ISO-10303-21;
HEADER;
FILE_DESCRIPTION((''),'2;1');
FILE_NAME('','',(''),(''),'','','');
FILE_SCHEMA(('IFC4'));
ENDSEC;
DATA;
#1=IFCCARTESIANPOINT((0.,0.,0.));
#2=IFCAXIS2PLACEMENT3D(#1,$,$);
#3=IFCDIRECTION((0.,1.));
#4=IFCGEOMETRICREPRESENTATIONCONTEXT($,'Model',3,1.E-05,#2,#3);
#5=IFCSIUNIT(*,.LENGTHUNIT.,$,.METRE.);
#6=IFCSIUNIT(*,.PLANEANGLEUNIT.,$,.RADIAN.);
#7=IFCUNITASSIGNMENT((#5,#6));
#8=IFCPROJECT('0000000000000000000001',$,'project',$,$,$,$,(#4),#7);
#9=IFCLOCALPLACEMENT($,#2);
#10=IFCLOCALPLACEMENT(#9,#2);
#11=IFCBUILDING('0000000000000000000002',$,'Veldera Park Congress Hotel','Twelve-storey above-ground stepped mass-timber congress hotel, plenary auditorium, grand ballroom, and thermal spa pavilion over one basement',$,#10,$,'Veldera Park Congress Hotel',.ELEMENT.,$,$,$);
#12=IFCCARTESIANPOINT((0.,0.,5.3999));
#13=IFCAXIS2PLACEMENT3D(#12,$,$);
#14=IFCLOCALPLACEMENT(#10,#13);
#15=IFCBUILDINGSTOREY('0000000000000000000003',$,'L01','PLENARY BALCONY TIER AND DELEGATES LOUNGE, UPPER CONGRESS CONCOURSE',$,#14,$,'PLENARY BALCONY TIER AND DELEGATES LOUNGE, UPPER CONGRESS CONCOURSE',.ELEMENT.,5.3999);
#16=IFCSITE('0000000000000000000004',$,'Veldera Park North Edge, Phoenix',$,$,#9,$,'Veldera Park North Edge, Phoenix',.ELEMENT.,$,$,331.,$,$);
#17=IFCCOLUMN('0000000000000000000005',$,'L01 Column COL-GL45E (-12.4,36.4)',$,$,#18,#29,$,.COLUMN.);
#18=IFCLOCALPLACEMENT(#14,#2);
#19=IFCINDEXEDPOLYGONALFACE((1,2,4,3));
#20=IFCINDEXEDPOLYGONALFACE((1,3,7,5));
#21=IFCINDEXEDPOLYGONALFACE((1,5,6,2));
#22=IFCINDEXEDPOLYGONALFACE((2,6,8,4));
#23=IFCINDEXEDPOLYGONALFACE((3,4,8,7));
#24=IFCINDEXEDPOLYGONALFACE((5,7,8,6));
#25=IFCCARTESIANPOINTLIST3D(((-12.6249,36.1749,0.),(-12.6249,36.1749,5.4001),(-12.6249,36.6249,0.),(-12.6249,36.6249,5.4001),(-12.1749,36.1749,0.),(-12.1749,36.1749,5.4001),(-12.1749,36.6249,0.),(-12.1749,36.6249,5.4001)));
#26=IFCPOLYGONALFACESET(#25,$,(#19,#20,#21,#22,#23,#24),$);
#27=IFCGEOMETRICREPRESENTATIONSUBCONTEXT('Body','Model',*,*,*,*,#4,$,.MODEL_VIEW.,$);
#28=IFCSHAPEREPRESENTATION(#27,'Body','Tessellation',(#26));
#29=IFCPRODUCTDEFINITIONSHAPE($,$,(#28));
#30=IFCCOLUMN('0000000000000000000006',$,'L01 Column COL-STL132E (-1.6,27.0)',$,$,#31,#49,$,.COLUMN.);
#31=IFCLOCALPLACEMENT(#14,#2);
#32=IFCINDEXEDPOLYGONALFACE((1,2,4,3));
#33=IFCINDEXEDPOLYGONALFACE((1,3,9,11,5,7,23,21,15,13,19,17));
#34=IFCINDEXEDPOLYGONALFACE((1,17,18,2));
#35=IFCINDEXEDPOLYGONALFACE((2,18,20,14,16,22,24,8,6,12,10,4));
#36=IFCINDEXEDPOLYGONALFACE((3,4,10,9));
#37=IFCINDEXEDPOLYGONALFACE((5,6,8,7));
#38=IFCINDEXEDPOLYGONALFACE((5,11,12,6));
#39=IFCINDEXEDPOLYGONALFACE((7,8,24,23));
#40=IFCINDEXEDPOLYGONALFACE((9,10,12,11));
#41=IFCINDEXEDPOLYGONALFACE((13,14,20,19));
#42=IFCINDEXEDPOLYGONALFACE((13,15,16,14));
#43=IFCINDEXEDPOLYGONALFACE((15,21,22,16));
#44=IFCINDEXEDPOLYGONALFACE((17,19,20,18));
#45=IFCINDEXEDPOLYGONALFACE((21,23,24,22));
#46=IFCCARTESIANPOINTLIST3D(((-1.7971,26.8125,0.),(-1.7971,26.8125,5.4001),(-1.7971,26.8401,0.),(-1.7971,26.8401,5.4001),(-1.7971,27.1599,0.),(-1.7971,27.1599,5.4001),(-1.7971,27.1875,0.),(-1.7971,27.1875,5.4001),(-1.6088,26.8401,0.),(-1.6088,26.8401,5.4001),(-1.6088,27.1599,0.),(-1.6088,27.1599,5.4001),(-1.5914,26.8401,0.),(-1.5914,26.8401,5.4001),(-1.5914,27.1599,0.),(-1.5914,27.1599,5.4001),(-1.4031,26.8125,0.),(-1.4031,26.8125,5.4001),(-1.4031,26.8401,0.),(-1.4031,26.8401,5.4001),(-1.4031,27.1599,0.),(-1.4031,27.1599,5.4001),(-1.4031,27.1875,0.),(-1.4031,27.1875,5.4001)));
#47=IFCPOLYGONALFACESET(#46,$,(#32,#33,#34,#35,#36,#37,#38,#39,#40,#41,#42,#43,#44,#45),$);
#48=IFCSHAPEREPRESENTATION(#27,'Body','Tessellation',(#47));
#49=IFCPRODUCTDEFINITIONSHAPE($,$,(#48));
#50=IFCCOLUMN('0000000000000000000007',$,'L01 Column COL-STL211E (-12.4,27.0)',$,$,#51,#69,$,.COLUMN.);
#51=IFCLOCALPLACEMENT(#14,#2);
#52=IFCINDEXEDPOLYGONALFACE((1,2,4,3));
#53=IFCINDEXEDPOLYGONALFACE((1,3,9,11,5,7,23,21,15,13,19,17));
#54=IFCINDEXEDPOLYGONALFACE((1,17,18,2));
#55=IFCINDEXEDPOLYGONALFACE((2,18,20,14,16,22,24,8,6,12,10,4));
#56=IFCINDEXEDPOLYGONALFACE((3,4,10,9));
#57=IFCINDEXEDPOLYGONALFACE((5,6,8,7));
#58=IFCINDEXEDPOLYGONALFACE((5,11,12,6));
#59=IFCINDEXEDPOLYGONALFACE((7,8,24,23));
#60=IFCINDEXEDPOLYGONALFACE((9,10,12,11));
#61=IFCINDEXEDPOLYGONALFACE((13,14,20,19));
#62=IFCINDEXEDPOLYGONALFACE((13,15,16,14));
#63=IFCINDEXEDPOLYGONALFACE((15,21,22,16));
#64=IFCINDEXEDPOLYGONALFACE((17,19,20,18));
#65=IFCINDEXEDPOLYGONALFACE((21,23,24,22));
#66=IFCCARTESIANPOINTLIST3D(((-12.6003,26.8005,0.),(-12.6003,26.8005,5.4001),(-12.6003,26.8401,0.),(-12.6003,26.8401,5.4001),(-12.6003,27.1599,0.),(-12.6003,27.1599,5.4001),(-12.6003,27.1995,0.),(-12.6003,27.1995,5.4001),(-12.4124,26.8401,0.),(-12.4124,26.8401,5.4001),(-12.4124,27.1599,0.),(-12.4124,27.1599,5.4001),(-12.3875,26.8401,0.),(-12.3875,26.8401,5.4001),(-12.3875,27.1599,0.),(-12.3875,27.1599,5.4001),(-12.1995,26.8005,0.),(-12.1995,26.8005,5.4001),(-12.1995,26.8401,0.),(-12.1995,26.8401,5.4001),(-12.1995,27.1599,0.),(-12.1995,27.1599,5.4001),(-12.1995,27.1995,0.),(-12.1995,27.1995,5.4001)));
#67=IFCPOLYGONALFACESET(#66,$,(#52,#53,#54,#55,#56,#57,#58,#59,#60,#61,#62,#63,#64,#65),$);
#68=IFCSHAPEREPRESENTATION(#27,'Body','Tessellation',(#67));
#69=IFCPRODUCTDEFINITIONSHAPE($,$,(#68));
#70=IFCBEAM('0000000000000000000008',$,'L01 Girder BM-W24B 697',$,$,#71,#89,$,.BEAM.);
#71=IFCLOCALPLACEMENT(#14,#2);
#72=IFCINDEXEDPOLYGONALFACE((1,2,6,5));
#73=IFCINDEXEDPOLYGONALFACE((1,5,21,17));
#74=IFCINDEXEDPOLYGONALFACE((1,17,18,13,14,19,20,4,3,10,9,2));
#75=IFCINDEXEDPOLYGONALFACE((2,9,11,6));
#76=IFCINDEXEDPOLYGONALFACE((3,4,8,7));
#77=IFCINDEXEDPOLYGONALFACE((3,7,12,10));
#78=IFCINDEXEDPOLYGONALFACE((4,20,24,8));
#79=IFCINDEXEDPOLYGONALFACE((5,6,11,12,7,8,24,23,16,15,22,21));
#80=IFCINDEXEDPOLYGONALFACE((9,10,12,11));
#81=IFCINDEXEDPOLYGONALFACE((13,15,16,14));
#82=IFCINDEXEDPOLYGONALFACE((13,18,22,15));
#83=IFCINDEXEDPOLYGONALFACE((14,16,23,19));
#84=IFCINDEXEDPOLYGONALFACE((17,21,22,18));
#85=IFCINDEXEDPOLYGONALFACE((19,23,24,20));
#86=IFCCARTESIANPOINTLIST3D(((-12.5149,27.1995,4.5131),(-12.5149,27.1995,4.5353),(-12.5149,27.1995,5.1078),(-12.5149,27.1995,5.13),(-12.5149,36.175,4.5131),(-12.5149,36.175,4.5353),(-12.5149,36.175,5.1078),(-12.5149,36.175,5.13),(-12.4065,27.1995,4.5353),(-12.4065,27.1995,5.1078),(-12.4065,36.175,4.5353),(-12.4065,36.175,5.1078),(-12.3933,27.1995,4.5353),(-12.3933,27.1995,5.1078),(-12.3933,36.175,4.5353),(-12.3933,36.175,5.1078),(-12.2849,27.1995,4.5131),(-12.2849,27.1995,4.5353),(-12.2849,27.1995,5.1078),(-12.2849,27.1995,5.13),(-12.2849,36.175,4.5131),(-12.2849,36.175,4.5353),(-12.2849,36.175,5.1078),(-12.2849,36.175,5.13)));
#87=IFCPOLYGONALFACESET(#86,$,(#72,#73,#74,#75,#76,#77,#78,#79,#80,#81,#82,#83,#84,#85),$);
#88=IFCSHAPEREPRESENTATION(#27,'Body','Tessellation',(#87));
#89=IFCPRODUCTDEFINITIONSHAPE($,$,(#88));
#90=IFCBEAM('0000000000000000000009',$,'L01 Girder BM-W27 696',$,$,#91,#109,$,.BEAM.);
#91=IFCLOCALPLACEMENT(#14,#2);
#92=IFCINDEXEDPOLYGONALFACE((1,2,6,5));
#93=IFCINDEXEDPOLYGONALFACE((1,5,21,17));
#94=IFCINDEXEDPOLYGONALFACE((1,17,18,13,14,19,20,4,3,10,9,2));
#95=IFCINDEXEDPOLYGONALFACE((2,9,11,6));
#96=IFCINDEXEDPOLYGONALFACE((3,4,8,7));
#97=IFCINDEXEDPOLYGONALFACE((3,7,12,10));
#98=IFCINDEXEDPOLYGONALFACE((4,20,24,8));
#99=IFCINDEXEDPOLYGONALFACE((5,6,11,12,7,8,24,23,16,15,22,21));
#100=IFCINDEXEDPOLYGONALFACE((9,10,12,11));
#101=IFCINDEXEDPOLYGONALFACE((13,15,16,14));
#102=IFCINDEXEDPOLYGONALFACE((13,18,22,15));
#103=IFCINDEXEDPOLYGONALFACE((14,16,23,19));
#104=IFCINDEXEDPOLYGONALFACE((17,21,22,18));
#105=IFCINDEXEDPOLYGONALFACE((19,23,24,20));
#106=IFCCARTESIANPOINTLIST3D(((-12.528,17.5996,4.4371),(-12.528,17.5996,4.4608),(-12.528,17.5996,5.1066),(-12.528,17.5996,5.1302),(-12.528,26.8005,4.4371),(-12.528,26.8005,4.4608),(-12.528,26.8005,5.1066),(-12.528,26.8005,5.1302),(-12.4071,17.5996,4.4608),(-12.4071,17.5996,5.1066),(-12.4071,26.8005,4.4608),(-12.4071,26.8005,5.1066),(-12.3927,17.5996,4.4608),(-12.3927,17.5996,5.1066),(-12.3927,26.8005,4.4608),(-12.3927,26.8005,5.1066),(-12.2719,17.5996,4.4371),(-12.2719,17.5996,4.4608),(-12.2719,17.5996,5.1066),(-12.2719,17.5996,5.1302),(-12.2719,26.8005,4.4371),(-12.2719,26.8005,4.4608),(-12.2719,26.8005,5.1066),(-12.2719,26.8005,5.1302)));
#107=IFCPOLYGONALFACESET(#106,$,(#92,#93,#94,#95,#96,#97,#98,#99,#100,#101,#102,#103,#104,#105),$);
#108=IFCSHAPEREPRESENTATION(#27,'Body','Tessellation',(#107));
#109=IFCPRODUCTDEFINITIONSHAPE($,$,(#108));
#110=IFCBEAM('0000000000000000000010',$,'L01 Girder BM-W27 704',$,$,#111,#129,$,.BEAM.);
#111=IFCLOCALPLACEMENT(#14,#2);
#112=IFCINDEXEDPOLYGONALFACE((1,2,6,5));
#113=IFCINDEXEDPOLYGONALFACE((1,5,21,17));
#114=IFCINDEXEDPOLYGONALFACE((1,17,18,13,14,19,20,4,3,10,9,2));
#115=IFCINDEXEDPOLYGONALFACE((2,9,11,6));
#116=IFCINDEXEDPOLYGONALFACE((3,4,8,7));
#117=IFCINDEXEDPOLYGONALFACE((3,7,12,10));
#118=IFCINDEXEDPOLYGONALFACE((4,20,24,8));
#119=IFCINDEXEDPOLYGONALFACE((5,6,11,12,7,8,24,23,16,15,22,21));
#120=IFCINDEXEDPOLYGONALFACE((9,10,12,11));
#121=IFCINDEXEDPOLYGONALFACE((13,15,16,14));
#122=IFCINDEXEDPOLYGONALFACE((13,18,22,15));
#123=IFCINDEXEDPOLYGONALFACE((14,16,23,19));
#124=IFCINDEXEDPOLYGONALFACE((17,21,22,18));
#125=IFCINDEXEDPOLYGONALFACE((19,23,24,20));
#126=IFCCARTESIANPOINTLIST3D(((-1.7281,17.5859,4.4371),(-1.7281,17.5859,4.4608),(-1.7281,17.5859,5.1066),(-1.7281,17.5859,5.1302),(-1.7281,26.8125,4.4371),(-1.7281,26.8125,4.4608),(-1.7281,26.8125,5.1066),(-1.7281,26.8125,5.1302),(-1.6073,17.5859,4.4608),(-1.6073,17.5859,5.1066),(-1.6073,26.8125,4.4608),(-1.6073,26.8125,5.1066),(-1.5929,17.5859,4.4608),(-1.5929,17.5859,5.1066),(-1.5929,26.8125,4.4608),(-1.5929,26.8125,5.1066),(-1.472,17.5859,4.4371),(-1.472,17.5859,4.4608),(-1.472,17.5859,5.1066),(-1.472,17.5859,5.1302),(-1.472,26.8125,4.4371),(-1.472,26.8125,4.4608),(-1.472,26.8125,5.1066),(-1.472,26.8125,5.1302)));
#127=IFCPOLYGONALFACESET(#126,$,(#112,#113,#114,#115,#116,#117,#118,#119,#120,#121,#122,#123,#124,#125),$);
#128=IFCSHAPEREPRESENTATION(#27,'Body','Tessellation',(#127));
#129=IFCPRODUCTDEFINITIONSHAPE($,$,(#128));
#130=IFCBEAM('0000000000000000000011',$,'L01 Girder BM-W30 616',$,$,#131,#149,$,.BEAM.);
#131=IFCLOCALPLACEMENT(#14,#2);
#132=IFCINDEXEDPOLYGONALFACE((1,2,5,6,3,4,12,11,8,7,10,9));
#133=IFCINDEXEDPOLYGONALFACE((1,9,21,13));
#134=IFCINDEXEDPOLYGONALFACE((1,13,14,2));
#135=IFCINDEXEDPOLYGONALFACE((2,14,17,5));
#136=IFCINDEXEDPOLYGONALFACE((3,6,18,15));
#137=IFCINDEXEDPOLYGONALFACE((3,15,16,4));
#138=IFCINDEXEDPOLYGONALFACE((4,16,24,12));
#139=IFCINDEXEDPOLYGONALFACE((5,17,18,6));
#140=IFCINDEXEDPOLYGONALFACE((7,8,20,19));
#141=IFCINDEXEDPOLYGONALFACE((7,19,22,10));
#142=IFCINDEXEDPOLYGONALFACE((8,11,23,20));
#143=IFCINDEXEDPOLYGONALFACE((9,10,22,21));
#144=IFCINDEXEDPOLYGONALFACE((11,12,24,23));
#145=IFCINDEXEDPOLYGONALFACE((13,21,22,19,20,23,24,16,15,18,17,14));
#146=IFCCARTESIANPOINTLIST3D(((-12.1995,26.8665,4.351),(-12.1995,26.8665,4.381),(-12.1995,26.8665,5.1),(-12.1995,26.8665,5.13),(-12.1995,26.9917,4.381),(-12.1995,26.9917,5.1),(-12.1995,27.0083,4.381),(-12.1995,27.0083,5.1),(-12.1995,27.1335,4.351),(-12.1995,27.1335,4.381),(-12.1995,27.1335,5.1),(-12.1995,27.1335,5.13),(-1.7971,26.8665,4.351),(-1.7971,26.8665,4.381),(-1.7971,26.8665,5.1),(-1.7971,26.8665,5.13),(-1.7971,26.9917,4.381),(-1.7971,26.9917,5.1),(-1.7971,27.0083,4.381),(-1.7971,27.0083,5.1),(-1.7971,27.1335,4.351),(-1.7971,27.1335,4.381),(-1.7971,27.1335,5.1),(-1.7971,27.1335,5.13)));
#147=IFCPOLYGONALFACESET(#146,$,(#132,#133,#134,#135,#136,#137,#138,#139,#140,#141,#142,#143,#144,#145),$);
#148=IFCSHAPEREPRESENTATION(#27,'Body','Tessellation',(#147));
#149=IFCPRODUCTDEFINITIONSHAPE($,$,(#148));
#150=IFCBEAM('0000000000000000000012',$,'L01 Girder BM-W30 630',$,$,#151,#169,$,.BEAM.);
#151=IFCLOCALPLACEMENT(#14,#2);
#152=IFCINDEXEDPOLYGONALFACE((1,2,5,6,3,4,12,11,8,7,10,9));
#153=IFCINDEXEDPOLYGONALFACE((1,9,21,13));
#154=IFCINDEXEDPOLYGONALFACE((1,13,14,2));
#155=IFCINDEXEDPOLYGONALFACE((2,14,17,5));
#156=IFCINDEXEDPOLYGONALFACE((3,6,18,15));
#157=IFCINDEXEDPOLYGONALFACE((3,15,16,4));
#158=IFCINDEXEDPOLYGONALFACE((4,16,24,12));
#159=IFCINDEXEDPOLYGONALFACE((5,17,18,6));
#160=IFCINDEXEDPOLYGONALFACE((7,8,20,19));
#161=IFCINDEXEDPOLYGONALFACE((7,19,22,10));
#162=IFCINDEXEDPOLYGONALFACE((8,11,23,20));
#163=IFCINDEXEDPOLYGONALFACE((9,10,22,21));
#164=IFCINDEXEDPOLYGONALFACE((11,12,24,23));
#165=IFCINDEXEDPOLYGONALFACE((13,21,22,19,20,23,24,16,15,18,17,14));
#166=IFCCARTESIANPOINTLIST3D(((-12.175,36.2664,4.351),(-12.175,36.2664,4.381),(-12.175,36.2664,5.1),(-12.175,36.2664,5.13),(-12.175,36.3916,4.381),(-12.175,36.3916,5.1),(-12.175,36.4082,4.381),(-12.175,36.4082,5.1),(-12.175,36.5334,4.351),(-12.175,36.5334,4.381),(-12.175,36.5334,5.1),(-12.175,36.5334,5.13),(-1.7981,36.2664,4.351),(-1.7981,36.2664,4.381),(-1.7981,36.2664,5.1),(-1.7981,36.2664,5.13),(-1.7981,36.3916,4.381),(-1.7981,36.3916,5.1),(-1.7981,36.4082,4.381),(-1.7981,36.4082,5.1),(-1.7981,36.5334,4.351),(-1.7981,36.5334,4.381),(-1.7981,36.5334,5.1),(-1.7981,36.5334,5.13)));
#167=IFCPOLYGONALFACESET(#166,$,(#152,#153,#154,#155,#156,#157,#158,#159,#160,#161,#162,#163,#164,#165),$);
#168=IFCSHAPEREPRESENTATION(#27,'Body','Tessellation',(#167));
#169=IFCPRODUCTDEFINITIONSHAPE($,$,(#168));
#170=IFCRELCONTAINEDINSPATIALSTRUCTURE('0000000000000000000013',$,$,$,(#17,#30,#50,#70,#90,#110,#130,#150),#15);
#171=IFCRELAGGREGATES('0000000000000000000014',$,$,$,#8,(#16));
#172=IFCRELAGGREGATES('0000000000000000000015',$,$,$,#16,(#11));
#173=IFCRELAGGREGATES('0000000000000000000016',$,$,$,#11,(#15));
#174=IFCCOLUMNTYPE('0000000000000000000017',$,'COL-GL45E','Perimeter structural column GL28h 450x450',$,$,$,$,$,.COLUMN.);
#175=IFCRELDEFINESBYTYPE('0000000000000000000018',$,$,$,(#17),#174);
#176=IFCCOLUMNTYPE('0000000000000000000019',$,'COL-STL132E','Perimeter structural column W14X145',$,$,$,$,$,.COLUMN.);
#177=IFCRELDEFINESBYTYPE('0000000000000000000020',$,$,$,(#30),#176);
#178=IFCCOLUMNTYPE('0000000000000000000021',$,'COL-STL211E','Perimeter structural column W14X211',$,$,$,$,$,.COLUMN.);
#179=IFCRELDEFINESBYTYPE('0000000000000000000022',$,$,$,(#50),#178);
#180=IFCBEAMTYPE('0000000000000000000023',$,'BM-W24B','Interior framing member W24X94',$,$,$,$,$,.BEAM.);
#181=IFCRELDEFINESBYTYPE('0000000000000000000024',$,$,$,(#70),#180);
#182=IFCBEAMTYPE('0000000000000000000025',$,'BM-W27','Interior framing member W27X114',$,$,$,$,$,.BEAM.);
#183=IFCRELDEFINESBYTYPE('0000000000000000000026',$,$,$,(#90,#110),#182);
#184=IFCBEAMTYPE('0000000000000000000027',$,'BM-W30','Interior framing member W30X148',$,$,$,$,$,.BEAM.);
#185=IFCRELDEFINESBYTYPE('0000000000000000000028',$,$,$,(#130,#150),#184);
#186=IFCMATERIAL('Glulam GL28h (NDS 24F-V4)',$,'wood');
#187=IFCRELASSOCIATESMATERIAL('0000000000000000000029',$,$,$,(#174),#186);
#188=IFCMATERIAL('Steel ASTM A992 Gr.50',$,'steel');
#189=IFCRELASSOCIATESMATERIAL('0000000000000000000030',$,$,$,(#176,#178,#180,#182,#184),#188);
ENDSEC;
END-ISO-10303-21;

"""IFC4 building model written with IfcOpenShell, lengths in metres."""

from ifc_helpers import new_model, si_unit, direction, frame, origin, origin_2d, place, context, subcontext, project, spatial, rectangle, i_section, extrude, material, material_profile, profile_set, type_object, element, save


model = new_model("IFC4")

# Units and contexts
model_context = context("Model", 3, precision=1e-05, world=origin(), true_north=direction((0.0, 1.0)))
body_context = subcontext(model_context, "Body", "Model", "MODEL_VIEW")
ifc_project = project(units=[si_unit("LENGTHUNIT", "METRE"), si_unit("PLANEANGLEUNIT", "RADIAN")], contexts=[model_context])

# Site, building, storey
site_placement = place(None, origin())
site = spatial("IfcSite", under=ifc_project, at=site_placement, Name="Veldera Park North Edge, Phoenix", LongName="Veldera Park North Edge, Phoenix", CompositionType="ELEMENT", RefElevation=331.0)
building_placement = place(site_placement, origin())
building = spatial("IfcBuilding", under=site, at=building_placement, Name="Veldera Park Congress Hotel", Description="Twelve-storey above-ground stepped mass-timber congress hotel, plenary auditorium, grand ballroom, and thermal spa pavilion over one basement", LongName="Veldera Park Congress Hotel", CompositionType="ELEMENT")
storey_placement = place(building_placement, frame((0.0, 0.0, 5.3999)))
storey = spatial("IfcBuildingStorey", under=building, at=storey_placement, Name="L01", Description="PLENARY BALCONY TIER AND DELEGATES LOUNGE, UPPER CONGRESS CONCOURSE", LongName="PLENARY BALCONY TIER AND DELEGATES LOUNGE, UPPER CONGRESS CONCOURSE", CompositionType="ELEMENT", Elevation=5.3999)

# Columns
ifc_material_1 = material(Name="Glulam GL28h (NDS 24F-V4)", Category="wood")
ifc_material_profile_1 = material_profile(ifc_material_1, rectangle(XDim=0.45, YDim=0.45, at=origin_2d()), Name="GL28h 450x450")
ifc_profile_set_1 = profile_set([ifc_material_profile_1], Name="Glulam GL28h (NDS 24F-V4)")
column_type_1 = type_object("IfcColumnType", Name="COL-GL45E", Description="Perimeter structural column GL28h 450x450", PredefinedType="COLUMN", material=ifc_profile_set_1)
column_1_placement = place(storey_placement, frame((-12.3999, 36.3999, 0.0), z_axis=(0.0, 0.0, 1.0), x_axis=(1.0, 0.0, 0.0)))
element("IfcColumn", 1, at=column_1_placement, inside=storey, type_object=column_type_1, Name="L01 Column COL-GL45E (-12.4,36.4)", PredefinedType="COLUMN", context=body_context, shape_type="SweptSolid", body=[
    extrude(rectangle(XDim=0.45, YDim=0.45, at=origin_2d()), origin(), (0.0, 0.0, 1.0), 5.4001),
])
ifc_material_2 = material(Name="Steel ASTM A992 Gr.50", Category="steel")
ifc_material_profile_2 = material_profile(ifc_material_2, i_section(OverallWidth=0.394, OverallDepth=0.375, WebThickness=0.0173, FlangeThickness=0.0276, at=origin_2d()), Name="W14X145")
ifc_profile_set_2 = profile_set([ifc_material_profile_2], Name="Steel ASTM A992 Gr.50")
column_type_2 = type_object("IfcColumnType", Name="COL-STL132E", Description="Perimeter structural column W14X145", PredefinedType="COLUMN", material=ifc_profile_set_2)
column_2_placement = place(storey_placement, frame((-1.6001, 27.0, 0.0), z_axis=(0.0, 0.0, 1.0), x_axis=(1.0, 0.0, 0.0)))
element("IfcColumn", 2, at=column_2_placement, inside=storey, type_object=column_type_2, Name="L01 Column COL-STL132E (-1.6,27.0)", PredefinedType="COLUMN", context=body_context, shape_type="SweptSolid", body=[
    extrude(i_section(OverallWidth=0.394, OverallDepth=0.375, WebThickness=0.0173, FlangeThickness=0.0276, at=origin_2d()), origin(), (0.0, 0.0, 1.0), 5.4001),
])
ifc_material_profile_3 = material_profile(ifc_material_2, i_section(OverallWidth=0.4009, OverallDepth=0.3989, WebThickness=0.0249, FlangeThickness=0.0396, at=origin_2d()), Name="W14X211")
ifc_profile_set_3 = profile_set([ifc_material_profile_3], Name="Steel ASTM A992 Gr.50")
column_type_3 = type_object("IfcColumnType", Name="COL-STL211E", Description="Perimeter structural column W14X211", PredefinedType="COLUMN", material=ifc_profile_set_3)
column_3_placement = place(storey_placement, frame((-12.3999, 27.0, 0.0), z_axis=(0.0, 0.0, 1.0), x_axis=(1.0, 0.0, 0.0)))
element("IfcColumn", 3, at=column_3_placement, inside=storey, type_object=column_type_3, Name="L01 Column COL-STL211E (-12.4,27.0)", PredefinedType="COLUMN", context=body_context, shape_type="SweptSolid", body=[
    extrude(i_section(OverallWidth=0.4009, OverallDepth=0.3989, WebThickness=0.0249, FlangeThickness=0.0396, at=origin_2d()), origin(), (0.0, 0.0, 1.0), 5.4001),
])

# Beams
ifc_material_profile_4 = material_profile(ifc_material_2, i_section(OverallWidth=0.23, OverallDepth=0.6169, WebThickness=0.0132, FlangeThickness=0.0222, at=origin_2d()), Name="W24X94")
ifc_profile_set_4 = profile_set([ifc_material_profile_4], Name="Steel ASTM A992 Gr.50")
beam_type_1 = type_object("IfcBeamType", Name="BM-W24B", Description="Interior framing member W24X94", PredefinedType="BEAM", material=ifc_profile_set_4)
beam_1_placement = place(storey_placement, frame((-12.3999, 27.1995, 4.8215), z_axis=(0.0, 1.0, 0.0), x_axis=(-1.0, 0.0, 0.0)))
element("IfcBeam", 4, at=beam_1_placement, inside=storey, type_object=beam_type_1, Name="L01 Girder BM-W24B 697", PredefinedType="BEAM", context=body_context, shape_type="SweptSolid", body=[
    extrude(i_section(OverallWidth=0.23, OverallDepth=0.6169, WebThickness=0.0132, FlangeThickness=0.0222, at=origin_2d()), origin(), (0.0, 0.0, 1.0), 8.9756),
])
ifc_material_profile_5 = material_profile(ifc_material_2, i_section(OverallWidth=0.2561, OverallDepth=0.6931, WebThickness=0.0144, FlangeThickness=0.0237, at=origin_2d()), Name="W27X114")
ifc_profile_set_5 = profile_set([ifc_material_profile_5], Name="Steel ASTM A992 Gr.50")
beam_type_2 = type_object("IfcBeamType", Name="BM-W27", Description="Interior framing member W27X114", PredefinedType="BEAM", material=ifc_profile_set_5)
beam_2_placement = place(storey_placement, frame((-12.3999, 17.5996, 4.7837), z_axis=(0.0, 1.0, 0.0), x_axis=(-1.0, 0.0, 0.0)))
element("IfcBeam", 5, at=beam_2_placement, inside=storey, type_object=beam_type_2, Name="L01 Girder BM-W27 696", PredefinedType="BEAM", context=body_context, shape_type="SweptSolid", body=[
    extrude(i_section(OverallWidth=0.2561, OverallDepth=0.6931, WebThickness=0.0144, FlangeThickness=0.0237, at=origin_2d()), origin(), (0.0, 0.0, 1.0), 9.2009),
])
beam_3_placement = place(storey_placement, frame((-1.6001, 17.5859, 4.7837), z_axis=(0.0, 1.0, 0.0), x_axis=(-1.0, 0.0, 0.0)))
element("IfcBeam", 6, at=beam_3_placement, inside=storey, type_object=beam_type_2, Name="L01 Girder BM-W27 704", PredefinedType="BEAM", context=body_context, shape_type="SweptSolid", body=[
    extrude(i_section(OverallWidth=0.2561, OverallDepth=0.6931, WebThickness=0.0144, FlangeThickness=0.0237, at=origin_2d()), origin(), (0.0, 0.0, 1.0), 9.2266),
])
ifc_material_profile_6 = material_profile(ifc_material_2, i_section(OverallWidth=0.2671, OverallDepth=0.7791, WebThickness=0.0166, FlangeThickness=0.03, at=origin_2d()), Name="W30X148")
ifc_profile_set_6 = profile_set([ifc_material_profile_6], Name="Steel ASTM A992 Gr.50")
beam_type_3 = type_object("IfcBeamType", Name="BM-W30", Description="Interior framing member W30X148", PredefinedType="BEAM", material=ifc_profile_set_6)
beam_4_placement = place(storey_placement, frame((-12.1995, 27.0, 4.7405), z_axis=(1.0, 0.0, 0.0), x_axis=(0.0, 1.0, 0.0)))
element("IfcBeam", 7, at=beam_4_placement, inside=storey, type_object=beam_type_3, Name="L01 Girder BM-W30 616", PredefinedType="BEAM", context=body_context, shape_type="SweptSolid", body=[
    extrude(i_section(OverallWidth=0.2671, OverallDepth=0.7791, WebThickness=0.0166, FlangeThickness=0.03, at=origin_2d()), origin(), (0.0, 0.0, 1.0), 10.4023),
])
beam_5_placement = place(storey_placement, frame((-12.175, 36.3999, 4.7405), z_axis=(1.0, 0.0, 0.0), x_axis=(0.0, 1.0, 0.0)))
element("IfcBeam", 8, at=beam_5_placement, inside=storey, type_object=beam_type_3, Name="L01 Girder BM-W30 630", PredefinedType="BEAM", context=body_context, shape_type="SweptSolid", body=[
    extrude(i_section(OverallWidth=0.2671, OverallDepth=0.7791, WebThickness=0.0166, FlangeThickness=0.03, at=origin_2d()), origin(), (0.0, 0.0, 1.0), 10.377),
])

save(model, "model.ifc")
